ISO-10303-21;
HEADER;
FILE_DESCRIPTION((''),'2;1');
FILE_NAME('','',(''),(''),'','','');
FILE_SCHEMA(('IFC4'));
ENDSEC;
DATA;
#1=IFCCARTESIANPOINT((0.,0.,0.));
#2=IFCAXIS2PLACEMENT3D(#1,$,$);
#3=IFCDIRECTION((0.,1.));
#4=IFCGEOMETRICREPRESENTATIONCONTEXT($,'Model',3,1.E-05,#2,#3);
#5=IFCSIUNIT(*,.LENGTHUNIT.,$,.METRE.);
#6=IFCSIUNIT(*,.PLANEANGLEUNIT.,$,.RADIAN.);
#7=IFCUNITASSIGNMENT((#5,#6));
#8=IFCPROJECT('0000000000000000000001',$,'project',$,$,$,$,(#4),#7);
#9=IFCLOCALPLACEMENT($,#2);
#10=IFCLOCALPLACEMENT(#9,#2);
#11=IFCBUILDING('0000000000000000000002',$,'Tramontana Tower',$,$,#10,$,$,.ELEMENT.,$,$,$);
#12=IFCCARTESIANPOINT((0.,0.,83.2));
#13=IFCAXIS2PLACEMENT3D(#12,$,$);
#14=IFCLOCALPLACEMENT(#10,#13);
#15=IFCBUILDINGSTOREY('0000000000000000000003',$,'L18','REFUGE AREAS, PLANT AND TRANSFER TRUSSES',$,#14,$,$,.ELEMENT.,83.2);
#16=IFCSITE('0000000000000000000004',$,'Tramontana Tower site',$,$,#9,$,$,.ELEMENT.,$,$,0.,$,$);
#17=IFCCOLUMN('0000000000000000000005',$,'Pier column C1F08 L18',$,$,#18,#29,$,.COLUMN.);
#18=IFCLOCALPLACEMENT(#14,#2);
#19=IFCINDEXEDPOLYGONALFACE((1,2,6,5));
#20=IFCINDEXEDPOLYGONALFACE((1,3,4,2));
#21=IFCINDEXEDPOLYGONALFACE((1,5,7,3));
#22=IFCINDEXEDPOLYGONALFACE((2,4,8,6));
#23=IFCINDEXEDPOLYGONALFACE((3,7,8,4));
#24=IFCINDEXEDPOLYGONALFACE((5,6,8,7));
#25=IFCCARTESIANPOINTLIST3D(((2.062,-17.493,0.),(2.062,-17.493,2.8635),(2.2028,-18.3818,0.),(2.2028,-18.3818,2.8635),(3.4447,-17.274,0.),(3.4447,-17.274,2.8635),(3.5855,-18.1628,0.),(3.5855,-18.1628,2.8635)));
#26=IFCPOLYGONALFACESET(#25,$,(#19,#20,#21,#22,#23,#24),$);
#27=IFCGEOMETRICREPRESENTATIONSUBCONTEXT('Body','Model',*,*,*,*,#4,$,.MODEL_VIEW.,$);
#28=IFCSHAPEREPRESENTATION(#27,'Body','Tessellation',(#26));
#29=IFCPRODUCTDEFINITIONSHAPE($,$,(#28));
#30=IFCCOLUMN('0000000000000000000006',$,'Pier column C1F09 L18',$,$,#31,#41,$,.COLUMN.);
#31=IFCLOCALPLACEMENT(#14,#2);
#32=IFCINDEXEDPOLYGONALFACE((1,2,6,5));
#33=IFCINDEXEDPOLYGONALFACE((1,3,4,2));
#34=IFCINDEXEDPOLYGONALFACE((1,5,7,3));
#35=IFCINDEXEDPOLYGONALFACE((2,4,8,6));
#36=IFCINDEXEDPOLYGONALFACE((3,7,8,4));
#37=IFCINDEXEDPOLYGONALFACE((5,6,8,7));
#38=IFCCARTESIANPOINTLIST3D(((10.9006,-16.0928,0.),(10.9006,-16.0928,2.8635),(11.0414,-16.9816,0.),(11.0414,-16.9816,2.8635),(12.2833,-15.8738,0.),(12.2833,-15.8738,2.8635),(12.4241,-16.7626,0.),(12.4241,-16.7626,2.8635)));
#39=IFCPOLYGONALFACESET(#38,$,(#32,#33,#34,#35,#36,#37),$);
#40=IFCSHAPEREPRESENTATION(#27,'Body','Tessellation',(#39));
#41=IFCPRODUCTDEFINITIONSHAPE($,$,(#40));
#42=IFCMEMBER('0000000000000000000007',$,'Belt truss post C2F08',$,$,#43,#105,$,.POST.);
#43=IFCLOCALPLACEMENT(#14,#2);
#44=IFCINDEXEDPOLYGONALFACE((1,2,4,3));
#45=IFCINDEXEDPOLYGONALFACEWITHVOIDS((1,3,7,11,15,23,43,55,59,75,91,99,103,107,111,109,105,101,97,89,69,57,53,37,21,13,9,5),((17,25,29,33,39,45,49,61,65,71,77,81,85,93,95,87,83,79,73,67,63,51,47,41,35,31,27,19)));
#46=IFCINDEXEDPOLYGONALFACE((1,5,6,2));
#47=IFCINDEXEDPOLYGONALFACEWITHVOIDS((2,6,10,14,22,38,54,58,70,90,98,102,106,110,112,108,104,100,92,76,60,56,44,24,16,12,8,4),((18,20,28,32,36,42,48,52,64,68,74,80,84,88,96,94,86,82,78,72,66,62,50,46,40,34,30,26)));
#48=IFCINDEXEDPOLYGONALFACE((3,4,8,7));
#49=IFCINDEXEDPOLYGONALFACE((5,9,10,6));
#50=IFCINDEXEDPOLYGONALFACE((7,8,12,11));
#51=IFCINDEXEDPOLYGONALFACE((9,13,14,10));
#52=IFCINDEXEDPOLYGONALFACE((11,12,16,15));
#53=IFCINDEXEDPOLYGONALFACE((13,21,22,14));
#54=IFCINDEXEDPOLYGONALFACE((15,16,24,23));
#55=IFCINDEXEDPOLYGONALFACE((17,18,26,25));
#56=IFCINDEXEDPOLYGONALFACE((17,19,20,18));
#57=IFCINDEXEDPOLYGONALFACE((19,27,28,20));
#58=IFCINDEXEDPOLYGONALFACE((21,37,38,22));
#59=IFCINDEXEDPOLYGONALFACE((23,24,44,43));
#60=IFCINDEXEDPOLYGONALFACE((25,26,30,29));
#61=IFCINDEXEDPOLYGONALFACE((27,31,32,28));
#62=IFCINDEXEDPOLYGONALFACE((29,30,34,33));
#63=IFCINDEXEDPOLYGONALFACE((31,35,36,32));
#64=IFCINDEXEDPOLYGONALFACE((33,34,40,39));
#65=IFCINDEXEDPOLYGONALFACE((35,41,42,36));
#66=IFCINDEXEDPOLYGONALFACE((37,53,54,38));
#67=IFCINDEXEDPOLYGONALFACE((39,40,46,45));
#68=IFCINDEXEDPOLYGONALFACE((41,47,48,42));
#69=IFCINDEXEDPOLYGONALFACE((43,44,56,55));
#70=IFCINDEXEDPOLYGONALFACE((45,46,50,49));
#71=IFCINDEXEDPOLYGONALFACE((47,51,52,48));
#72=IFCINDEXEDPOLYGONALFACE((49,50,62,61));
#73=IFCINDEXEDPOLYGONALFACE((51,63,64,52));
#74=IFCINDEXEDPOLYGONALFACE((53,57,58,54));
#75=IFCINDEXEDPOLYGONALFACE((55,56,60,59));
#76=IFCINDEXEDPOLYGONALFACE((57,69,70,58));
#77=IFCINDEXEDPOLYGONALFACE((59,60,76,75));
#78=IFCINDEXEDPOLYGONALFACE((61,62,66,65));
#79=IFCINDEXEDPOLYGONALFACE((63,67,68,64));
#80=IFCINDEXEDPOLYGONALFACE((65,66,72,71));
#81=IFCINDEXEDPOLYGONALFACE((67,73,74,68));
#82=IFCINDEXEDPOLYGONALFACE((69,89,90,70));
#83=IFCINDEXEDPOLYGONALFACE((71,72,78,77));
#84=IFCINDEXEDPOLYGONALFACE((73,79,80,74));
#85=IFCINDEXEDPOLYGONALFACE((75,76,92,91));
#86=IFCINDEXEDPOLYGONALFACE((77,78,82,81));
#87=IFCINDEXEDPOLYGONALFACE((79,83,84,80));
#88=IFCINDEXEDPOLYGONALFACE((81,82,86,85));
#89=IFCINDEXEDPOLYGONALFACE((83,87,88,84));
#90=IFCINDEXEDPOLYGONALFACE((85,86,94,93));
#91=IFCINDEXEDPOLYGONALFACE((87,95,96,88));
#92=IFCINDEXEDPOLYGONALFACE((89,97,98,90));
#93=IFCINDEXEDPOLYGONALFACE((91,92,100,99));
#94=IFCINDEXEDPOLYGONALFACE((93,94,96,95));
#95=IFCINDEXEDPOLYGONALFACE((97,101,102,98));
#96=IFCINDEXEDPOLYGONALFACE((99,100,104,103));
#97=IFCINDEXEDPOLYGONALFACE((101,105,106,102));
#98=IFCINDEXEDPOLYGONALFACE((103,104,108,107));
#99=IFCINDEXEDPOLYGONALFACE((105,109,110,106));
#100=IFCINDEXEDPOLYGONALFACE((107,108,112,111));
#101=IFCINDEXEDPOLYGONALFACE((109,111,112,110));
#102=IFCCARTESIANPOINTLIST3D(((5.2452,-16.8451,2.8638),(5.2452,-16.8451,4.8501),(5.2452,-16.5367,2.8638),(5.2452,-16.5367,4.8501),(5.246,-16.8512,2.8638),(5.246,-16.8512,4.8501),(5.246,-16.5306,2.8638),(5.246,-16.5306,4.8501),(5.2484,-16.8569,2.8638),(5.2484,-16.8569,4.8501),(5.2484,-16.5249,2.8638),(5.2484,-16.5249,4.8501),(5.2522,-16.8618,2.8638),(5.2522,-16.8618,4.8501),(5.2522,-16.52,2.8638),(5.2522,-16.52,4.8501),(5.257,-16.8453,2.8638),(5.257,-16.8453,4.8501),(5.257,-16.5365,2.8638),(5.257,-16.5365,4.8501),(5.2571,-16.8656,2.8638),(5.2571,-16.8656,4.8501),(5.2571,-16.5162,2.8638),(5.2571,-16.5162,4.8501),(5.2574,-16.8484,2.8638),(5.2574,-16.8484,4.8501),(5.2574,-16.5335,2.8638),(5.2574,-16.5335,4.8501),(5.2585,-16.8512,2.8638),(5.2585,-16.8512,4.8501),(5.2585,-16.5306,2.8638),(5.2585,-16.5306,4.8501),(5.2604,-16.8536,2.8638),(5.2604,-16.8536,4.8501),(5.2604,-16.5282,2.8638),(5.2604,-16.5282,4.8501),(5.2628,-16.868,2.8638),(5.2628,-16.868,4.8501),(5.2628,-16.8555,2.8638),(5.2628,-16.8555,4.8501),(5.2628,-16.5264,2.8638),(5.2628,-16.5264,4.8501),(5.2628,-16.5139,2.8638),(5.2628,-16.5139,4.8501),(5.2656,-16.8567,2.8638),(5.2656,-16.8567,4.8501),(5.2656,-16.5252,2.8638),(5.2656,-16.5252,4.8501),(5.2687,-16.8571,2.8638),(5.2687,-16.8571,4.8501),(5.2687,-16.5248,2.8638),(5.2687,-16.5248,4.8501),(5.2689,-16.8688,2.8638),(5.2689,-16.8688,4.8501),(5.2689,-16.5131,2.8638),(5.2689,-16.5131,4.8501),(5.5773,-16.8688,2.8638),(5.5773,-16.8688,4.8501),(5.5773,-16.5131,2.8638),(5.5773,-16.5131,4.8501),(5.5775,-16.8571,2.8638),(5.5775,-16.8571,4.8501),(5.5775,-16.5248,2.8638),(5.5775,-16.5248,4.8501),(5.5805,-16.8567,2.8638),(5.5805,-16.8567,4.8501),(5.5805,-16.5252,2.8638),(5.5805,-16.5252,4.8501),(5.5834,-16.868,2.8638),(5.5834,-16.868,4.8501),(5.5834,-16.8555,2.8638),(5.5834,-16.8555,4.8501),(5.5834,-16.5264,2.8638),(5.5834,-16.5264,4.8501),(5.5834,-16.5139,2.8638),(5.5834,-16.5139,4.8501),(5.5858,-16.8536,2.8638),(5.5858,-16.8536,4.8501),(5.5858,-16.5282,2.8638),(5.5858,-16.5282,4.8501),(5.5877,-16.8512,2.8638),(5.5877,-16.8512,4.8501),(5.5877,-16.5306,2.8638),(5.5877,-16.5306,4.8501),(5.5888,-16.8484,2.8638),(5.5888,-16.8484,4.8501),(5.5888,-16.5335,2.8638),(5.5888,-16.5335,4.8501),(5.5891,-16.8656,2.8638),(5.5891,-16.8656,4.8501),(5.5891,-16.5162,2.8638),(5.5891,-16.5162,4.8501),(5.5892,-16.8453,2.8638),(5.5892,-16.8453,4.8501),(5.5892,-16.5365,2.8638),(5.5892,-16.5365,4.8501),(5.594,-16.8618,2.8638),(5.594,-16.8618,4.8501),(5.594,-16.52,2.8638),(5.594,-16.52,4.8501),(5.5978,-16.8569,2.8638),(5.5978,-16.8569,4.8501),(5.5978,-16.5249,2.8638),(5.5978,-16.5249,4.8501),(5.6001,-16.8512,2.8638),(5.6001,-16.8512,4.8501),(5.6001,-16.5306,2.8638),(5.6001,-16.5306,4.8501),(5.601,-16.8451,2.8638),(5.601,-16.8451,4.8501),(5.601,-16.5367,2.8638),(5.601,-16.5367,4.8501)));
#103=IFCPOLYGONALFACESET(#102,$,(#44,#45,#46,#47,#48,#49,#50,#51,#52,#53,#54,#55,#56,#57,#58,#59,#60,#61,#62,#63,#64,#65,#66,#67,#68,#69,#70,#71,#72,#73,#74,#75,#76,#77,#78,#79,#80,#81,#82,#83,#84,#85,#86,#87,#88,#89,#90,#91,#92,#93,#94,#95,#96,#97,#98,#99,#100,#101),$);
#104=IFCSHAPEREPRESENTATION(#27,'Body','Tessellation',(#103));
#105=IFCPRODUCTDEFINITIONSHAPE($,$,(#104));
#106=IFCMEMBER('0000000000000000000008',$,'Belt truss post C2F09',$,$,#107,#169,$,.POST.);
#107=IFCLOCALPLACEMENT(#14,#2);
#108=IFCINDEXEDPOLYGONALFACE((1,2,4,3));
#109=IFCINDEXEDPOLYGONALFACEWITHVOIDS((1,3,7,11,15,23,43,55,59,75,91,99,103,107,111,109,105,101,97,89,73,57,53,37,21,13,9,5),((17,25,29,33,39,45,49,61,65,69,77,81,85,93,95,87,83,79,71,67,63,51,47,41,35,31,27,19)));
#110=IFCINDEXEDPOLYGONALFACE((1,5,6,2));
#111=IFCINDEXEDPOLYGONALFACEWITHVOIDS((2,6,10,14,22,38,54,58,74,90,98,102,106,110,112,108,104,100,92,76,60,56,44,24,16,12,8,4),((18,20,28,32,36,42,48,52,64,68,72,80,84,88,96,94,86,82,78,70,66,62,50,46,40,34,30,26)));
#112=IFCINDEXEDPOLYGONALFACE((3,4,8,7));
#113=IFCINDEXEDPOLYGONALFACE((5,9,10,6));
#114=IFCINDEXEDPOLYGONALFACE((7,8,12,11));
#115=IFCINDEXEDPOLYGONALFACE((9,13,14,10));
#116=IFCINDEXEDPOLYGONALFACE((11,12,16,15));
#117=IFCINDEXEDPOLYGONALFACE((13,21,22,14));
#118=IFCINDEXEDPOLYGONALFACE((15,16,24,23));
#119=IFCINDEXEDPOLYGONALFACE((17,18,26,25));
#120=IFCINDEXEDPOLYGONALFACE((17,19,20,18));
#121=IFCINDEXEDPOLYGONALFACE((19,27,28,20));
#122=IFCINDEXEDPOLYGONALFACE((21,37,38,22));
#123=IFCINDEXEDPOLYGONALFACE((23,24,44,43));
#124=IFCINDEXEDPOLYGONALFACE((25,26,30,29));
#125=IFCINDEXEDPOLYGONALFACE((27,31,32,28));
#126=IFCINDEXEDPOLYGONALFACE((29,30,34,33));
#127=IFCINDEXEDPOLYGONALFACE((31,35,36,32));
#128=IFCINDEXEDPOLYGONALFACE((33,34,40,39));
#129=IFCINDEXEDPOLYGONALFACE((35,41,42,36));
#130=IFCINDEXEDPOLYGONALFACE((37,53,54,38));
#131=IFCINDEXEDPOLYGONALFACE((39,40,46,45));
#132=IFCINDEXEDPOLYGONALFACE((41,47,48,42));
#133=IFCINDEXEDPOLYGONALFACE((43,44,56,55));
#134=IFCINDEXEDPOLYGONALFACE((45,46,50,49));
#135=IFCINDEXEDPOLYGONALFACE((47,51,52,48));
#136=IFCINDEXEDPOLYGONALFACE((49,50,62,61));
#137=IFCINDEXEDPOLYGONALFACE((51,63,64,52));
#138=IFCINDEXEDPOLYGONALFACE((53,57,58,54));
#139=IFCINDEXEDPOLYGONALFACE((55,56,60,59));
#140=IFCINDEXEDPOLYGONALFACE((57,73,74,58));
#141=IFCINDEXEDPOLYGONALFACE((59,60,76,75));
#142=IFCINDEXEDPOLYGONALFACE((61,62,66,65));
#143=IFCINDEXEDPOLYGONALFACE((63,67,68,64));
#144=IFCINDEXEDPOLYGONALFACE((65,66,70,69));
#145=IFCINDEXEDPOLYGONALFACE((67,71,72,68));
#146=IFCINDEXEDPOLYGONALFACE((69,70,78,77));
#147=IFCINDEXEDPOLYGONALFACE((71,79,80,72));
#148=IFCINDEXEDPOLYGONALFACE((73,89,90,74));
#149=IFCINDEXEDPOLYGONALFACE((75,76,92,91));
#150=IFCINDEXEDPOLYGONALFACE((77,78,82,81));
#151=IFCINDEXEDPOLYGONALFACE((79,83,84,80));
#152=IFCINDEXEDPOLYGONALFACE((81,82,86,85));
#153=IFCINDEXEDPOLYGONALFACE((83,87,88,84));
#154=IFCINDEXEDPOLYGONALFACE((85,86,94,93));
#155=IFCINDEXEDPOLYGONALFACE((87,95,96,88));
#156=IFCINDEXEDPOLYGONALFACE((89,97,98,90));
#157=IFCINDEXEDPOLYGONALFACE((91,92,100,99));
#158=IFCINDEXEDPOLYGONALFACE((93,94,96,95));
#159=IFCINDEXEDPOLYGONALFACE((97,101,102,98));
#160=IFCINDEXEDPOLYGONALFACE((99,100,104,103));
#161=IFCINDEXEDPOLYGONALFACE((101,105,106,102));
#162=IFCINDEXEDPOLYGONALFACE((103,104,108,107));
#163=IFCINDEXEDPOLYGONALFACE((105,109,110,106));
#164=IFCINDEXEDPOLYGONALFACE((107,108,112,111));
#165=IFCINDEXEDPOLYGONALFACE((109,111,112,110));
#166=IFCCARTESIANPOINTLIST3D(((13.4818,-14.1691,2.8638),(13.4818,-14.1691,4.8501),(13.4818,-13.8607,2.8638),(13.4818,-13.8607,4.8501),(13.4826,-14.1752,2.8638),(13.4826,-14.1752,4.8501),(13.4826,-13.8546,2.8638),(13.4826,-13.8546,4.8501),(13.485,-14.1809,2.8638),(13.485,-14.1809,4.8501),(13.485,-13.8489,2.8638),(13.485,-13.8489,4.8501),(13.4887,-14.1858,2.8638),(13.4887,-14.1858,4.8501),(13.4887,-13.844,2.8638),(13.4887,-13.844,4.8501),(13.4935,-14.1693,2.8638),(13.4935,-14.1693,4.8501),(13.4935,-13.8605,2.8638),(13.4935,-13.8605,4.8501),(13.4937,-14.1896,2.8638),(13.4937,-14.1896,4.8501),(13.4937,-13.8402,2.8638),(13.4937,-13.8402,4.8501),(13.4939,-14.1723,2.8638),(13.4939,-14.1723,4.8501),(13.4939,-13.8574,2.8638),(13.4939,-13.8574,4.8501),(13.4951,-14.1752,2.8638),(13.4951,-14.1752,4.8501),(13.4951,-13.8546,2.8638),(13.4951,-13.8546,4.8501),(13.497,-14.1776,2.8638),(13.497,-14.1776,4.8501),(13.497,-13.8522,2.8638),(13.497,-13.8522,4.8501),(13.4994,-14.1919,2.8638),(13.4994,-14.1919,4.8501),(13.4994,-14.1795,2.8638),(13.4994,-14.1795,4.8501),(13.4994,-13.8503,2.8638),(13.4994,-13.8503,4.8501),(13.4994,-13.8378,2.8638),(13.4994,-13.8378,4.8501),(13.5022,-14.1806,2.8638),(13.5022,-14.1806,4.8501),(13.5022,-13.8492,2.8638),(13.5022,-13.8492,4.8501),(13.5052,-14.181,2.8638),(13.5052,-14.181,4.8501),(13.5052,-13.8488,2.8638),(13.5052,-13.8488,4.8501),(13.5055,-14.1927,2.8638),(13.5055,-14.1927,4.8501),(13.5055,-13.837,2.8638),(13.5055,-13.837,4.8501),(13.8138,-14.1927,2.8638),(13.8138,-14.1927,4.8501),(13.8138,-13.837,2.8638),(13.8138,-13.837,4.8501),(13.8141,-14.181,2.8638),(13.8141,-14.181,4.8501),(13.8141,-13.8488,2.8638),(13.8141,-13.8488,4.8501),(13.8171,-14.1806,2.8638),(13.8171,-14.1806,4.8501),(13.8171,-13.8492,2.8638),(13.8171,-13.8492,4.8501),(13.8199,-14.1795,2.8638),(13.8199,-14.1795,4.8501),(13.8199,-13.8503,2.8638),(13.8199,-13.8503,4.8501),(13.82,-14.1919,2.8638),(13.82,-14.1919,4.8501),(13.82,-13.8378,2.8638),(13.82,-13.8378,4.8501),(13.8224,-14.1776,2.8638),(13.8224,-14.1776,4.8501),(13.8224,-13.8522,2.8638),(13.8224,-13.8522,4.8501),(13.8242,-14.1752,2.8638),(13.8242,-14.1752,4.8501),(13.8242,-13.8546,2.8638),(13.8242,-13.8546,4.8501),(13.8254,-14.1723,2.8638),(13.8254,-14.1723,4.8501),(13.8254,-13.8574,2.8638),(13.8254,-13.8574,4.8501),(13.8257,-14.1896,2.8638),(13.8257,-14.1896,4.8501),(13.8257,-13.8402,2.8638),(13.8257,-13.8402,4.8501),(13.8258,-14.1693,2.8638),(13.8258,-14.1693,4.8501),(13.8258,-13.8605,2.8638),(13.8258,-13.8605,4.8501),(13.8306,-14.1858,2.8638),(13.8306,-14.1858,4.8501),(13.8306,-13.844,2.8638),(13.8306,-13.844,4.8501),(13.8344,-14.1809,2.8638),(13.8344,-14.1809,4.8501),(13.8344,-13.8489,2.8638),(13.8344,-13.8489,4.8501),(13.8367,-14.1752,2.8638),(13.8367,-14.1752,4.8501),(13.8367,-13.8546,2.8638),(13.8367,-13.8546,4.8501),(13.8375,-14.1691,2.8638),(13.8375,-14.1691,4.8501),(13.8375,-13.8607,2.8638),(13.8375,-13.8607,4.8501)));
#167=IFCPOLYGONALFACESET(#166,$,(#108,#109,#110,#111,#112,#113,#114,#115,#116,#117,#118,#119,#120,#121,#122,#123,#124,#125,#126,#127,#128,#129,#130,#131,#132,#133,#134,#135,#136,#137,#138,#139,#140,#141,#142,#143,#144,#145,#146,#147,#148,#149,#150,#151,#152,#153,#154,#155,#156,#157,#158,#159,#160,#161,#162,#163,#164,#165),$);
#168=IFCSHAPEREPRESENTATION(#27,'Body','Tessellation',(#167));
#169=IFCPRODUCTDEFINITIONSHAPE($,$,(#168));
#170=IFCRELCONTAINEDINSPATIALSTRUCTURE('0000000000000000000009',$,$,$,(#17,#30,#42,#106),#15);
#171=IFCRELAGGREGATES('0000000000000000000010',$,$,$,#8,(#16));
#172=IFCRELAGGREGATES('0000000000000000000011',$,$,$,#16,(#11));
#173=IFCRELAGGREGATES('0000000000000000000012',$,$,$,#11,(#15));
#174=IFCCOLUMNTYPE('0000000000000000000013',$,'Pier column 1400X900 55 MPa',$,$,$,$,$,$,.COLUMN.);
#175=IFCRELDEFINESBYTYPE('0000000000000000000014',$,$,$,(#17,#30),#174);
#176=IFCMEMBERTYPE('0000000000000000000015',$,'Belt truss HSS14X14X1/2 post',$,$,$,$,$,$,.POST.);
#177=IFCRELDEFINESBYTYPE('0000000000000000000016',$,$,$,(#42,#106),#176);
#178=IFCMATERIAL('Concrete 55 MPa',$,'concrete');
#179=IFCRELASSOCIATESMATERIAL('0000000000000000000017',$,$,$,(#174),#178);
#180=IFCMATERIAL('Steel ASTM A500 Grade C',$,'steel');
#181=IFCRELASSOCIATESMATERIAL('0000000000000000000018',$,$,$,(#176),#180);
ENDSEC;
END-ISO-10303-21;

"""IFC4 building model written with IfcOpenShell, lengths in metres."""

from ifc_helpers import new_model, si_unit, direction, frame, origin, origin_2d, place, context, subcontext, project, spatial, rectangle, hollow_rectangle, extrude, material, material_profile, profile_set, type_object, element, save


model = new_model("IFC4")

# Units and contexts
model_context = context("Model", 3, precision=1e-05, world=origin(), true_north=direction((0.0, 1.0)))
body_context = subcontext(model_context, "Body", "Model", "MODEL_VIEW")
ifc_project = project(units=[si_unit("LENGTHUNIT", "METRE"), si_unit("PLANEANGLEUNIT", "RADIAN")], contexts=[model_context])

# Site, building, storey
site_placement = place(None, origin())
site = spatial("IfcSite", under=ifc_project, at=site_placement, Name="Tramontana Tower site", CompositionType="ELEMENT", RefElevation=0.0)
building_placement = place(site_placement, origin())
building = spatial("IfcBuilding", under=site, at=building_placement, Name="Tramontana Tower", CompositionType="ELEMENT")
storey_placement = place(building_placement, frame((0.0, 0.0, 83.2)))
storey = spatial("IfcBuildingStorey", under=building, at=storey_placement, Name="L18", Description="REFUGE AREAS, PLANT AND TRANSFER TRUSSES", CompositionType="ELEMENT", Elevation=83.2)

# Columns
ifc_material_1 = material(Name="Concrete 55 MPa", Category="concrete")
ifc_material_profile_1 = material_profile(ifc_material_1, rectangle(XDim=1.3999, YDim=0.8999, at=origin_2d()), Name="Pier column 1400X900 55 MPa")
ifc_profile_set_1 = profile_set([ifc_material_profile_1], Name="Concrete 55 MPa")
column_type = type_object("IfcColumnType", Name="Pier column 1400X900 55 MPa", PredefinedType="COLUMN", material=ifc_profile_set_1)
for number, where, z_axis, x_axis, name in (
    (1, (2.8237, -17.8279, 0.0), (0.0, 0.0, 1.0), (0.987688, 0.156434, 0.0), "Pier column C1F08 L18"),
    (2, (11.6624, -16.4277, 0.0), (0.0, 0.0, 1.0), (0.987688, 0.156434, 0.0), "Pier column C1F09 L18"),
):
    element("IfcColumn", number, at=place(storey_placement, frame(where, z_axis=z_axis, x_axis=x_axis)), inside=storey, type_object=column_type, Name=name, PredefinedType="COLUMN", context=body_context, shape_type="SweptSolid", body=[
        extrude(rectangle(XDim=1.3999, YDim=0.8999, at=origin_2d()), origin(), (0.0, 0.0, 1.0), 2.8635),
    ])

# Members
ifc_material_2 = material(Name="Steel ASTM A500 Grade C", Category="steel")
ifc_material_profile_2 = material_profile(ifc_material_2, hollow_rectangle(XDim=0.3557, YDim=0.3557, WallThickness=0.0117, InnerFilletRadius=0.0117, OuterFilletRadius=0.0237, at=origin_2d()), Name="HSS14X14X1/2")
ifc_profile_set_2 = profile_set([ifc_material_profile_2], Name="Steel ASTM A500 Grade C")
member_type_1 = type_object("IfcMemberType", Name="Belt truss HSS14X14X1/2 post", PredefinedType="POST", material=ifc_profile_set_2)
for number, where, z_axis, x_axis, name in (
    (3, (5.4231, -16.6909, 2.8638), (0.0, 0.0, 1.0), (1.0, 0.0, 0.0), "Belt truss post C2F08"),
    (4, (13.6597, -14.0149, 2.8638), (0.0, 0.0, 1.0), (1.0, 0.0, 0.0), "Belt truss post C2F09"),
):
    element("IfcMember", number, at=place(storey_placement, frame(where, z_axis=z_axis, x_axis=x_axis)), inside=storey, type_object=member_type_1, Name=name, PredefinedType="POST", context=body_context, shape_type="SweptSolid", body=[
        extrude(hollow_rectangle(XDim=0.3557, YDim=0.3557, WallThickness=0.0117, InnerFilletRadius=0.0117, OuterFilletRadius=0.0237, at=origin_2d()), origin(), (0.0, 0.0, 1.0), 1.9863),
    ])

save(model, "model.ifc")
